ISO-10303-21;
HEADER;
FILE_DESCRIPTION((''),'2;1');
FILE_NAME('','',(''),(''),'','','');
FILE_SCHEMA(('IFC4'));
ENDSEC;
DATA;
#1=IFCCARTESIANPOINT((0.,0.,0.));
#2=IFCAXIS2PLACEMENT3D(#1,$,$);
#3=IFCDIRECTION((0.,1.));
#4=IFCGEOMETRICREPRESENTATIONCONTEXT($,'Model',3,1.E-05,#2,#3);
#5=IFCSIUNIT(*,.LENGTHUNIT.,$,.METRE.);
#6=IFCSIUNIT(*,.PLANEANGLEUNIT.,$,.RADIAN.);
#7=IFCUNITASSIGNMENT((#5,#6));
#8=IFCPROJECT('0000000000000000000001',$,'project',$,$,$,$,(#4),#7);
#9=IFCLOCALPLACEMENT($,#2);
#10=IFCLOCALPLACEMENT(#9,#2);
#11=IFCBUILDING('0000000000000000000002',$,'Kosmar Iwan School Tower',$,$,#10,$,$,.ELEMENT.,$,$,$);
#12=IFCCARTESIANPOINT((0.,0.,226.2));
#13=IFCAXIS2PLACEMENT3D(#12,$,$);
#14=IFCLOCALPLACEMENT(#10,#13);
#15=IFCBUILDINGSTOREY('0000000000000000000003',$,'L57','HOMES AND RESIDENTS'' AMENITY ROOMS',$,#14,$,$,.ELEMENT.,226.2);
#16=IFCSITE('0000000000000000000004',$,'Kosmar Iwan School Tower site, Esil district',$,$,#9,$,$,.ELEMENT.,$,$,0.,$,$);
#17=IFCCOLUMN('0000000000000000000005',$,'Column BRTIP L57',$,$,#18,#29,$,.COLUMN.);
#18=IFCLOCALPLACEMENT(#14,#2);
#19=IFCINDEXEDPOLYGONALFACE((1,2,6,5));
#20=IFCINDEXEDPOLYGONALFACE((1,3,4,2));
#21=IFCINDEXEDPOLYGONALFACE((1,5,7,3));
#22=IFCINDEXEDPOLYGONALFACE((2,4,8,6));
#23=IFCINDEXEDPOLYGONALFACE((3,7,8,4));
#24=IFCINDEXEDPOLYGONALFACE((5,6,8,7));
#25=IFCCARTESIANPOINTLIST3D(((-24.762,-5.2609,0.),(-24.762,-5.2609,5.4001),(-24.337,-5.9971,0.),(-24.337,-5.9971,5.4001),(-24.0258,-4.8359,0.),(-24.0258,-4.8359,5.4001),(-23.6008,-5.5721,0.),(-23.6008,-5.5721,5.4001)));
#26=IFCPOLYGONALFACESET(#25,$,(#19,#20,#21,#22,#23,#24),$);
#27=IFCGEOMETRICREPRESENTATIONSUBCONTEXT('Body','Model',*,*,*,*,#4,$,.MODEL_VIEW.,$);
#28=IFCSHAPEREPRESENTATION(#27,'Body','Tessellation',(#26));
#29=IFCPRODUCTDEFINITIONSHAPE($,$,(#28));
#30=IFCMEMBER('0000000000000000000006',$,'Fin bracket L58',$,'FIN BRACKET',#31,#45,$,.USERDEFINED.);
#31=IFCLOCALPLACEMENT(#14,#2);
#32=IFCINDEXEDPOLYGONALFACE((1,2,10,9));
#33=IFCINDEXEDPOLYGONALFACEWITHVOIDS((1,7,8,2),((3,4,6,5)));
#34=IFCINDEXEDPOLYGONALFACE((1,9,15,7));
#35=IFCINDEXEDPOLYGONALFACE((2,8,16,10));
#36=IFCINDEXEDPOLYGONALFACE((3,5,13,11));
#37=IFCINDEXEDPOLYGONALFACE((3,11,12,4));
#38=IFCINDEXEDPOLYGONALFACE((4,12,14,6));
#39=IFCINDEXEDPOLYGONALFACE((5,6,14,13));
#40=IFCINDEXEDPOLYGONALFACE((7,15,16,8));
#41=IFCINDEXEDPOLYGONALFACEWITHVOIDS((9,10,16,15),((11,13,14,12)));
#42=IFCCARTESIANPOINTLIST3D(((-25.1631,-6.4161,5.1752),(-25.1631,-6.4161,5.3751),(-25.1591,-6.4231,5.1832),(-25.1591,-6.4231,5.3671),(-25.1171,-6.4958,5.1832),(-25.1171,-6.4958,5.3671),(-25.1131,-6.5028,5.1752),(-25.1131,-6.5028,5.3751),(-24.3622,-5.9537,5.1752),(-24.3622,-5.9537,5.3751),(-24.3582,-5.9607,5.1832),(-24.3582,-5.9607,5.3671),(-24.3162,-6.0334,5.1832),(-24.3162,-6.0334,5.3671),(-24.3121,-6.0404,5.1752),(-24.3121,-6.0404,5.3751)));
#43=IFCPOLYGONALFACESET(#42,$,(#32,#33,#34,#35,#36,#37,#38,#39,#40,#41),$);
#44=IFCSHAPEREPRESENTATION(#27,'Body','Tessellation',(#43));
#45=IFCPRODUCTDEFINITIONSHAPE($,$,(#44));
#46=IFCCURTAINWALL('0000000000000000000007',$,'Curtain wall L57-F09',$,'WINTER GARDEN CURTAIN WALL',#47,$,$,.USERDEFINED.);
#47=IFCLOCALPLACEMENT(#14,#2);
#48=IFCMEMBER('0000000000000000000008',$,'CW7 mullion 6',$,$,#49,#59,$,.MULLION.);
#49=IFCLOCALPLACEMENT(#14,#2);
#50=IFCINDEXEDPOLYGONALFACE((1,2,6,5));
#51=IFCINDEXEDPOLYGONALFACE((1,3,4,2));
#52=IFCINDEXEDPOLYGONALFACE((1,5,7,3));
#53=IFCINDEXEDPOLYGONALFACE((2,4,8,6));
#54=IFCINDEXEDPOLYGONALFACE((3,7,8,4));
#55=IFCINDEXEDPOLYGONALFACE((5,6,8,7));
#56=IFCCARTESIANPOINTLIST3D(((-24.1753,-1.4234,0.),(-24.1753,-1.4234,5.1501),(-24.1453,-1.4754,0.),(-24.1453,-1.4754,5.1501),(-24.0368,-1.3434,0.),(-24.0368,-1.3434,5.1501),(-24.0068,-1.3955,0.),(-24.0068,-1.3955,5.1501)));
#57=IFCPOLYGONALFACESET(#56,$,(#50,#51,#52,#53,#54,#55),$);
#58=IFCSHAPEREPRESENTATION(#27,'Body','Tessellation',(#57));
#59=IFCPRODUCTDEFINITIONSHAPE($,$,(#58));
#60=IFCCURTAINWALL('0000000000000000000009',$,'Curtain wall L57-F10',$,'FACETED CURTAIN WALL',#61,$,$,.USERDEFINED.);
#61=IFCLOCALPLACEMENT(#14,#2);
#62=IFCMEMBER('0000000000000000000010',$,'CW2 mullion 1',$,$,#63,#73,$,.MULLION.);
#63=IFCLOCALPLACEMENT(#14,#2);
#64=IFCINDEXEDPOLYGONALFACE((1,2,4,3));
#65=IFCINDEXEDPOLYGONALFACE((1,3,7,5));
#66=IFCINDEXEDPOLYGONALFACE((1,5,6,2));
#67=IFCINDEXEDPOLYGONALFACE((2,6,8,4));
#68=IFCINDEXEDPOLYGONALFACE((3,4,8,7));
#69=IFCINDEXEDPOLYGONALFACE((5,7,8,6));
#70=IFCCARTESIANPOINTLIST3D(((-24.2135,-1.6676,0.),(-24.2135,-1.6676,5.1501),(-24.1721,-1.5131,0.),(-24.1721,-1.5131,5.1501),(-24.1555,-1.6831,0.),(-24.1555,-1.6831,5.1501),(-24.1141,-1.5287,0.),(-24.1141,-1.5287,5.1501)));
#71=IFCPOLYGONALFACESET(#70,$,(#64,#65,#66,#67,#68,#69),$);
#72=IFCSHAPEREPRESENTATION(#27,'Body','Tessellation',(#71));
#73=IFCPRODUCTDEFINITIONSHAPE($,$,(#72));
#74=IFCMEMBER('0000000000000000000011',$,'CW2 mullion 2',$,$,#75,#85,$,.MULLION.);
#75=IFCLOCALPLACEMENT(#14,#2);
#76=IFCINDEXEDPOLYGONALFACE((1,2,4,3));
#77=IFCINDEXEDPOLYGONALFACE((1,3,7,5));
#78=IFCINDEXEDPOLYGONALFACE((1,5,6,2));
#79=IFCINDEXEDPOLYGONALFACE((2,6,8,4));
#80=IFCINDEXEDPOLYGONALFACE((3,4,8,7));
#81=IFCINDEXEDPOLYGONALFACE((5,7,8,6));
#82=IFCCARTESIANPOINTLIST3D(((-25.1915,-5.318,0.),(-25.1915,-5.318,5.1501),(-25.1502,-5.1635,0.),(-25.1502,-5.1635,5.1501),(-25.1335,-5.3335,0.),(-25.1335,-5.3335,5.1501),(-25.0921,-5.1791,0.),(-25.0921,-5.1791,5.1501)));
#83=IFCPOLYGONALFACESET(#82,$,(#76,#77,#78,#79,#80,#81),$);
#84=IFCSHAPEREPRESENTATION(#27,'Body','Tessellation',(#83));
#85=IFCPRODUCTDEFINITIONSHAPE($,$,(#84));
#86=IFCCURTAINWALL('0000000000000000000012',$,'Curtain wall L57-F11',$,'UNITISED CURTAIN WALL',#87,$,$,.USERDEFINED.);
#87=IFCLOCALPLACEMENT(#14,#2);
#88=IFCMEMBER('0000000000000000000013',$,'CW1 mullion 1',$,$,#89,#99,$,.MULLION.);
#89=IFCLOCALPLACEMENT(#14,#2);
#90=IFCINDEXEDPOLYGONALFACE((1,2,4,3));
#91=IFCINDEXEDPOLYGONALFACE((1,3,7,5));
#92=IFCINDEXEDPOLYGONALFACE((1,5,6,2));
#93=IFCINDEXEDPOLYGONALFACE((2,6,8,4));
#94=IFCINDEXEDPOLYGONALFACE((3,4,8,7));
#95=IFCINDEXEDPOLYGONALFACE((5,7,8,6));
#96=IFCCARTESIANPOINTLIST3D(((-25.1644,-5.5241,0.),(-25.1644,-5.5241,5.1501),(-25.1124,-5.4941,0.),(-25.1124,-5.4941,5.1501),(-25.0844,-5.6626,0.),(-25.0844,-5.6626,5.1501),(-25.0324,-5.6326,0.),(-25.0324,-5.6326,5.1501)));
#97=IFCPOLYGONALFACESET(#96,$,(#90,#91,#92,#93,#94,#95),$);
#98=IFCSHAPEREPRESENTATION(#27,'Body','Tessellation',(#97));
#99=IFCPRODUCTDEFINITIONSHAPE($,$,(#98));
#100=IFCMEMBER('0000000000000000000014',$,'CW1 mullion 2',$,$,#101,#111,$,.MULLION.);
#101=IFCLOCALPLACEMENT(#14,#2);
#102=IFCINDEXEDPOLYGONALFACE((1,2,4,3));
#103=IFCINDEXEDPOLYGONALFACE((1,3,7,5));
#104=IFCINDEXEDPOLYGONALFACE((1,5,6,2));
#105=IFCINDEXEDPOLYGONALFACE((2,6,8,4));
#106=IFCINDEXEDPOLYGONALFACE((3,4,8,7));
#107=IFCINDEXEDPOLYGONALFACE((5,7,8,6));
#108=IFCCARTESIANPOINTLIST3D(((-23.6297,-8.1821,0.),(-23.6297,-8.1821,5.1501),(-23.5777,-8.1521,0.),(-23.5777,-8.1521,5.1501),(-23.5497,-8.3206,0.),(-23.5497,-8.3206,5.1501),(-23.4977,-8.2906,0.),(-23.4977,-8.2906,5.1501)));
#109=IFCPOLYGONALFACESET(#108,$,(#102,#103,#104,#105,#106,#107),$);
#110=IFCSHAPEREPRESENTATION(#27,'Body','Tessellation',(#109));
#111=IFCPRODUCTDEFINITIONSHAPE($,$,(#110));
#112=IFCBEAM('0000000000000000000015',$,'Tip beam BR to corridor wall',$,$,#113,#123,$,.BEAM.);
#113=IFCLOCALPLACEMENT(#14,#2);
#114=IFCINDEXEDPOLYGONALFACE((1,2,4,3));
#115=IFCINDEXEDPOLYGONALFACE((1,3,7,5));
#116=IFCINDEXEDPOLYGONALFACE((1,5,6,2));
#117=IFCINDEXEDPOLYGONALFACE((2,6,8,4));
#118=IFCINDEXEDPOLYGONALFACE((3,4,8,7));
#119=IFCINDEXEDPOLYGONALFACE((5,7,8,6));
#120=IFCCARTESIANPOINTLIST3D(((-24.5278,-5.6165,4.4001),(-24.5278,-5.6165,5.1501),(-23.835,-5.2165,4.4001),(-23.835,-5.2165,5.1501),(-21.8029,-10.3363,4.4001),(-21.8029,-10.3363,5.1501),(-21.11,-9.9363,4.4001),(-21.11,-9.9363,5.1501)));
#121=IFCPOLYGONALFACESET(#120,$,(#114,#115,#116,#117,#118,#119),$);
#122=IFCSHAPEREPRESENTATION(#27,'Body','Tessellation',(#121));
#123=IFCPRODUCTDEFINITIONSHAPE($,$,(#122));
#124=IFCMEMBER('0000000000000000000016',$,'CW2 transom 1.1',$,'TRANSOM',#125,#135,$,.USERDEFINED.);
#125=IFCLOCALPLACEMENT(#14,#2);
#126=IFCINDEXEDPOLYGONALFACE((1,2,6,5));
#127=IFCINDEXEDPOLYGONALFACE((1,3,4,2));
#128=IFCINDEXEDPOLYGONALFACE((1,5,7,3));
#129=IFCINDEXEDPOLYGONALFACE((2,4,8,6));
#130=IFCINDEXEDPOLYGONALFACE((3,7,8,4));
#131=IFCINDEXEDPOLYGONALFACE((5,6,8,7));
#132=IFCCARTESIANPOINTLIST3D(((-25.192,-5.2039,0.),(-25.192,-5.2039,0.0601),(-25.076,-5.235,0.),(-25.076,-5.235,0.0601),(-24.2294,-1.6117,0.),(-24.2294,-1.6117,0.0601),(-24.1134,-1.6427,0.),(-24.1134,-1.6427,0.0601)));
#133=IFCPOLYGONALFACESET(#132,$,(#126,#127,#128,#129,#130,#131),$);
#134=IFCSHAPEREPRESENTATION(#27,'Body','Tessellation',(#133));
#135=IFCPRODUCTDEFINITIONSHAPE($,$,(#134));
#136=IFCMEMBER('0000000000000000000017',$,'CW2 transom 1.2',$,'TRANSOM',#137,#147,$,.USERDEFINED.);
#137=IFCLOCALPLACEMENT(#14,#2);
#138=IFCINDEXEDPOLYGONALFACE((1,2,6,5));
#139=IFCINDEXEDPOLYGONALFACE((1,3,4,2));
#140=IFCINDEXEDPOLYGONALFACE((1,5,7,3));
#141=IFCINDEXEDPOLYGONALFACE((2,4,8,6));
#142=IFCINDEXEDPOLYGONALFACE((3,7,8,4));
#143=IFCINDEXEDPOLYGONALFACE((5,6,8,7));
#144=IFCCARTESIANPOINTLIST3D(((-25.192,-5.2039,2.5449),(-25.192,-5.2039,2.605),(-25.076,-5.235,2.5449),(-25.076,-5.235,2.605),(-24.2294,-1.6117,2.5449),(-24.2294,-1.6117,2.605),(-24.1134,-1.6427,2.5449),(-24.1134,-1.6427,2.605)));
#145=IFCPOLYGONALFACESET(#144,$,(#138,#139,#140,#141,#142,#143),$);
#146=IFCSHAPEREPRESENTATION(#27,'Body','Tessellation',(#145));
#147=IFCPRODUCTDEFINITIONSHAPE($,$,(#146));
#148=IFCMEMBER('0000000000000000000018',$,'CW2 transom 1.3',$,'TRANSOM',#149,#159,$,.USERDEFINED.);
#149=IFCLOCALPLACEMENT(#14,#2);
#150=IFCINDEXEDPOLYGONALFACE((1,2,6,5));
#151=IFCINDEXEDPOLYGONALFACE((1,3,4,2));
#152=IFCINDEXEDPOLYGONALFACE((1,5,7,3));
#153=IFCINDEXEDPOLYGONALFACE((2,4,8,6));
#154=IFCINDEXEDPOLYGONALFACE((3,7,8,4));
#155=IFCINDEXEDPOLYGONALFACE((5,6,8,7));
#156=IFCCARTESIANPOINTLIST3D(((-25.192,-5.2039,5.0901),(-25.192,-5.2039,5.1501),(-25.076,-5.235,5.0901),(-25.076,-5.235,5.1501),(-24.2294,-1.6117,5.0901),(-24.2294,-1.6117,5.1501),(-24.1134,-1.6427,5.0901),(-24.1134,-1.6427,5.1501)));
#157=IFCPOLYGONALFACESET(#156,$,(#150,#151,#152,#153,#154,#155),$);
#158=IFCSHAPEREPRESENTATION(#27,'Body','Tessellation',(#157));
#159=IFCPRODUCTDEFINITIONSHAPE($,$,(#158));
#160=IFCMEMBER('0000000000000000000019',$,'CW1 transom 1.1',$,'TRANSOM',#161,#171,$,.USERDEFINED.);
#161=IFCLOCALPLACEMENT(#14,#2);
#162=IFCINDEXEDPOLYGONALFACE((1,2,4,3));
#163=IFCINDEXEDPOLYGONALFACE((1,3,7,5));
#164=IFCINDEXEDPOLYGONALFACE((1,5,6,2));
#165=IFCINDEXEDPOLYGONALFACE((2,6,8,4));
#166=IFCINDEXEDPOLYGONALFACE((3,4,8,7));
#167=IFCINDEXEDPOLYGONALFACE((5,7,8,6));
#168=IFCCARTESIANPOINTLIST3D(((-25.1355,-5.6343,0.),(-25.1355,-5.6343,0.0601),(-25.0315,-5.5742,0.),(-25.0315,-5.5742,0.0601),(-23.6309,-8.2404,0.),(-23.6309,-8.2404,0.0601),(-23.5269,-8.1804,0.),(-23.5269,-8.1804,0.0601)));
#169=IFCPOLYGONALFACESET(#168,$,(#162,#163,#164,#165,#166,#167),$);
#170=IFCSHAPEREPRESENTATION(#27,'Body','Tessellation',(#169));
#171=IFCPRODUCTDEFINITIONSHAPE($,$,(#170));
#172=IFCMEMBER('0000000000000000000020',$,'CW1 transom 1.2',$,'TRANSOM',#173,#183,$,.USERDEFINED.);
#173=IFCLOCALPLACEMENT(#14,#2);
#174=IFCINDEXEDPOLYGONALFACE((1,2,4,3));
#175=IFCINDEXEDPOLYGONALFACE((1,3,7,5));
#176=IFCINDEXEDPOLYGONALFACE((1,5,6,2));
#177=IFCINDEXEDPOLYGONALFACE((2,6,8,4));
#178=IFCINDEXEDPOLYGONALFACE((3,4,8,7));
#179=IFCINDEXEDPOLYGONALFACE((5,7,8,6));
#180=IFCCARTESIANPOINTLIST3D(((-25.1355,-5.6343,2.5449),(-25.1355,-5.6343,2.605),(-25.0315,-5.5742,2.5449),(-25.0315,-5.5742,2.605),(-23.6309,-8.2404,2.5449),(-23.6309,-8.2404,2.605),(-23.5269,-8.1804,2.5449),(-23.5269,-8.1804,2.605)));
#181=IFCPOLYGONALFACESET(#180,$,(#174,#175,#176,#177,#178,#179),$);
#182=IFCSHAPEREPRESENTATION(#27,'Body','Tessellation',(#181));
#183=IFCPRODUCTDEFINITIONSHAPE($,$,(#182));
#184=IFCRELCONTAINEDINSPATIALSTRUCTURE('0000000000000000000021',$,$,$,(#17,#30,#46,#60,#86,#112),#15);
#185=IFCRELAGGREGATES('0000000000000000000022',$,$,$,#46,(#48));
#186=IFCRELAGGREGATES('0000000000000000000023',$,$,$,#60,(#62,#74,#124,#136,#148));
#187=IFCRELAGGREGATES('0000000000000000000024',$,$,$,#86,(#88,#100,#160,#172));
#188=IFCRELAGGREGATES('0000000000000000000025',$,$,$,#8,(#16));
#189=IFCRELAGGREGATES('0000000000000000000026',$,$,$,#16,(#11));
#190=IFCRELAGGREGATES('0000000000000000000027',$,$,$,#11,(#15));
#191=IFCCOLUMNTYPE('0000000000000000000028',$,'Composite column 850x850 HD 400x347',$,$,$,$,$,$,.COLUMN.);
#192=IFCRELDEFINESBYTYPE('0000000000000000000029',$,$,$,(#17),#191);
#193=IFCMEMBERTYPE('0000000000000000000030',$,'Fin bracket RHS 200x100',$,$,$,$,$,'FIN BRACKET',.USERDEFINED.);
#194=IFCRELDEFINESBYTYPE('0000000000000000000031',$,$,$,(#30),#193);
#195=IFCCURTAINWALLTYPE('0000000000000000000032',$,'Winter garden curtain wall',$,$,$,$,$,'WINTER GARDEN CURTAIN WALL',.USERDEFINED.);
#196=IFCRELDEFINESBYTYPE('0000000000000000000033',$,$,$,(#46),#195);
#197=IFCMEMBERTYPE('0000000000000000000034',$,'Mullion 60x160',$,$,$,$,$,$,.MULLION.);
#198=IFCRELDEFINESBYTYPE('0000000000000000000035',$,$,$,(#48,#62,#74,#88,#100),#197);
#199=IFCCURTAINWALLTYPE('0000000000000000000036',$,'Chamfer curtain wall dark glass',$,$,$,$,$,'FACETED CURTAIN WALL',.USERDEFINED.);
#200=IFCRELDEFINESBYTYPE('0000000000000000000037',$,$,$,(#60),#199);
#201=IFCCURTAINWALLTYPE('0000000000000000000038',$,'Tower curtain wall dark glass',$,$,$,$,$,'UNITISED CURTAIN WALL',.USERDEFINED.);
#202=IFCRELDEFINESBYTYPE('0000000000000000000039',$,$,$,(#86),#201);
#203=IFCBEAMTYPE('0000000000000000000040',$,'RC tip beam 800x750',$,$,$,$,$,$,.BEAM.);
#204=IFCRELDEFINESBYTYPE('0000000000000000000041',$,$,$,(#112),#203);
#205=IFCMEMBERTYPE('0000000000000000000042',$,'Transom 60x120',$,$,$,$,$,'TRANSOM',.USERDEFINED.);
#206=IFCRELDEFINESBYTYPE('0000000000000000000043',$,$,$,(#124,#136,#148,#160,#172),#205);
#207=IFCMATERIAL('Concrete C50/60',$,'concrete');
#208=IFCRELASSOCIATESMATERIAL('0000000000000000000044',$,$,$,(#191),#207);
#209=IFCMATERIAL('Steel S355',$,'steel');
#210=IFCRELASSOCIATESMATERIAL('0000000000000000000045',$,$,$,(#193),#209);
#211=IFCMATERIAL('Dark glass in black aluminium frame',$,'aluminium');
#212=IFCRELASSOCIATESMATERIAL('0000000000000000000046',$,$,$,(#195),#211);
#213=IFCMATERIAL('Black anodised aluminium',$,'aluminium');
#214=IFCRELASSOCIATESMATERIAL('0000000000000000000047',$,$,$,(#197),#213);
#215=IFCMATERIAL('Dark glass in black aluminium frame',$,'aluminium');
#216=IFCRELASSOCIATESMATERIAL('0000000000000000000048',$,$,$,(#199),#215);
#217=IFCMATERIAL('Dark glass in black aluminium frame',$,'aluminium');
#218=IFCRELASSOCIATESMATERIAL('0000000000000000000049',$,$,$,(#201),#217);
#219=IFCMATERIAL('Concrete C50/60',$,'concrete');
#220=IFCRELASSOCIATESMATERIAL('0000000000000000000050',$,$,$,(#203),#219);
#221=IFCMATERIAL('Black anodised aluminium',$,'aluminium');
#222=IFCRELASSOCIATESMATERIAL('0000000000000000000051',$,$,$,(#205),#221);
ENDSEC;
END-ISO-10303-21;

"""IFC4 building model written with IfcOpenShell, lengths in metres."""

from ifc_helpers import new_model, si_unit, direction, frame, origin, origin_2d, place, context, subcontext, project, spatial, rectangle, hollow_rectangle, extrude, material, material_profile, profile_set, type_object, element, aggregate, save


model = new_model("IFC4")

# Units and contexts
model_context = context("Model", 3, precision=1e-05, world=origin(), true_north=direction((0.0, 1.0)))
body_context = subcontext(model_context, "Body", "Model", "MODEL_VIEW")
ifc_project = project(units=[si_unit("LENGTHUNIT", "METRE"), si_unit("PLANEANGLEUNIT", "RADIAN")], contexts=[model_context])

# Site, building, storey
site_placement = place(None, origin())
site = spatial("IfcSite", under=ifc_project, at=site_placement, Name="Kosmar Iwan School Tower site, Esil district", CompositionType="ELEMENT", RefElevation=0.0)
building_placement = place(site_placement, origin())
building = spatial("IfcBuilding", under=site, at=building_placement, Name="Kosmar Iwan School Tower", CompositionType="ELEMENT")
storey_placement = place(building_placement, frame((0.0, 0.0, 226.2)))
storey = spatial("IfcBuildingStorey", under=building, at=storey_placement, Name="L57", Description="HOMES AND RESIDENTS' AMENITY ROOMS", CompositionType="ELEMENT", Elevation=226.2)

# Column
ifc_material_1 = material(Name="Concrete C50/60", Category="concrete")
ifc_material_profile_1 = material_profile(ifc_material_1, rectangle(XDim=0.8501, YDim=0.8501, at=origin_2d()), Name="RC 850x850 + HD 400x347")
ifc_profile_set_1 = profile_set([ifc_material_profile_1], Name="Concrete C50/60")
column_type = type_object("IfcColumnType", Name="Composite column 850x850 HD 400x347", PredefinedType="COLUMN", material=ifc_profile_set_1)
column_placement = place(storey_placement, frame((-24.1814, -5.4165, 0.0), z_axis=(0.0, 0.0, 1.0), x_axis=(-0.866025, -0.5, 0.0)))
element("IfcColumn", 1, at=column_placement, inside=storey, type_object=column_type, Name="Column BRTIP L57", PredefinedType="COLUMN", context=body_context, shape_type="SweptSolid", body=[
    extrude(rectangle(XDim=0.8501, YDim=0.8501, at=origin_2d()), origin(), (0.0, 0.0, 1.0), 5.4001),
])

# Member
ifc_material_2 = material(Name="Steel S355", Category="steel")
ifc_material_profile_2 = material_profile(ifc_material_2, hollow_rectangle(XDim=0.1001, YDim=0.2, WallThickness=0.0081, at=origin_2d()), Name="RHS 200x100x8")
ifc_profile_set_2 = profile_set([ifc_material_profile_2], Name="Steel S355")
member_type_1 = type_object("IfcMemberType", Name="Fin bracket RHS 200x100", ElementType="FIN BRACKET", PredefinedType="USERDEFINED", material=ifc_profile_set_2)
member_1_placement = place(storey_placement, frame((-24.3372, -5.9971, 5.2751), z_axis=(-0.866058, -0.499943, 0.0), x_axis=(0.499943, -0.866058, 0.0)))
element("IfcMember", 2, at=member_1_placement, inside=storey, type_object=member_type_1, Name="Fin bracket L58", ObjectType="FIN BRACKET", PredefinedType="USERDEFINED", context=body_context, shape_type="SweptSolid", body=[
    extrude(hollow_rectangle(XDim=0.1001, YDim=0.2, WallThickness=0.0081, at=origin_2d()), origin(), (0.0, 0.0, 1.0), 0.9248),
])

# Curtain wall, member
ifc_material_3 = material(Name="Dark glass in black aluminium frame", Category="aluminium")
curtain_wall_type_1 = type_object("IfcCurtainWallType", Name="Winter garden curtain wall", ElementType="WINTER GARDEN CURTAIN WALL", PredefinedType="USERDEFINED", material=ifc_material_3)
curtain_wall_1_placement = place(storey_placement, origin())
curtain_wall_1 = element("IfcCurtainWall", 3, at=curtain_wall_1_placement, inside=storey, type_object=curtain_wall_type_1, Name="Curtain wall L57-F09", ObjectType="WINTER GARDEN CURTAIN WALL", PredefinedType="USERDEFINED")
ifc_material_4 = material(Name="Black anodised aluminium", Category="aluminium")
ifc_material_profile_3 = material_profile(ifc_material_4, rectangle(XDim=0.0601, YDim=0.1599, at=origin_2d()), Name="MULLION 60x160")
ifc_profile_set_3 = profile_set([ifc_material_profile_3], Name="Black anodised aluminium")
member_type_2 = type_object("IfcMemberType", Name="Mullion 60x160", PredefinedType="MULLION", material=ifc_profile_set_3)
member_2_placement = place(storey_placement, frame((-24.0911, -1.4094, 0.0), z_axis=(0.0, 0.0, 1.0), x_axis=(0.5, -0.866025, 0.0)))
member_2 = element("IfcMember", 4, at=member_2_placement, type_object=member_type_2, Name="CW7 mullion 6", PredefinedType="MULLION", context=body_context, shape_type="SweptSolid", body=[
    extrude(rectangle(XDim=0.0601, YDim=0.1599, at=origin_2d()), origin(), (0.0, 0.0, 1.0), 5.1501),
])
aggregate(curtain_wall_1, [member_2])

# Curtain walls, members
ifc_material_5 = material(Name="Dark glass in black aluminium frame", Category="aluminium")
curtain_wall_type_2 = type_object("IfcCurtainWallType", Name="Chamfer curtain wall dark glass", ElementType="FACETED CURTAIN WALL", PredefinedType="USERDEFINED", material=ifc_material_5)
curtain_wall_2_placement = place(storey_placement, origin())
curtain_wall_2 = element("IfcCurtainWall", 5, at=curtain_wall_2_placement, inside=storey, type_object=curtain_wall_type_2, Name="Curtain wall L57-F10", ObjectType="FACETED CURTAIN WALL", PredefinedType="USERDEFINED")
member_3_placement = place(storey_placement, frame((-24.1638, -1.5981, 0.0), z_axis=(0.0, 0.0, 1.0), x_axis=(0.965926, -0.258819, 0.0)))
member_3 = element("IfcMember", 6, at=member_3_placement, type_object=member_type_2, Name="CW2 mullion 1", PredefinedType="MULLION", context=body_context, shape_type="SweptSolid", body=[
    extrude(rectangle(XDim=0.0601, YDim=0.1599, at=origin_2d()), origin(), (0.0, 0.0, 1.0), 5.1501),
])
member_4_placement = place(storey_placement, frame((-25.1418, -5.2485, 0.0), z_axis=(0.0, 0.0, 1.0), x_axis=(0.965926, -0.258819, 0.0)))
member_4 = element("IfcMember", 7, at=member_4_placement, type_object=member_type_2, Name="CW2 mullion 2", PredefinedType="MULLION", context=body_context, shape_type="SweptSolid", body=[
    extrude(rectangle(XDim=0.0601, YDim=0.1599, at=origin_2d()), origin(), (0.0, 0.0, 1.0), 5.1501),
])
ifc_material_6 = material(Name="Dark glass in black aluminium frame", Category="aluminium")
curtain_wall_type_3 = type_object("IfcCurtainWallType", Name="Tower curtain wall dark glass", ElementType="UNITISED CURTAIN WALL", PredefinedType="USERDEFINED", material=ifc_material_6)
curtain_wall_3_placement = place(storey_placement, origin())
curtain_wall_3 = element("IfcCurtainWall", 8, at=curtain_wall_3_placement, inside=storey, type_object=curtain_wall_type_3, Name="Curtain wall L57-F11", ObjectType="UNITISED CURTAIN WALL", PredefinedType="USERDEFINED")
member_5_placement = place(storey_placement, frame((-25.0984, -5.5784, 0.0), z_axis=(0.0, 0.0, 1.0), x_axis=(0.866025, 0.5, 0.0)))
member_5 = element("IfcMember", 9, at=member_5_placement, type_object=member_type_2, Name="CW1 mullion 1", PredefinedType="MULLION", context=body_context, shape_type="SweptSolid", body=[
    extrude(rectangle(XDim=0.0601, YDim=0.1599, at=origin_2d()), origin(), (0.0, 0.0, 1.0), 5.1501),
])
member_6_placement = place(storey_placement, frame((-23.5637, -8.2363, 0.0), z_axis=(0.0, 0.0, 1.0), x_axis=(0.866025, 0.5, 0.0)))
member_6 = element("IfcMember", 10, at=member_6_placement, type_object=member_type_2, Name="CW1 mullion 2", PredefinedType="MULLION", context=body_context, shape_type="SweptSolid", body=[
    extrude(rectangle(XDim=0.0601, YDim=0.1599, at=origin_2d()), origin(), (0.0, 0.0, 1.0), 5.1501),
])

# Beam
ifc_material_7 = material(Name="Concrete C50/60", Category="concrete")
ifc_material_profile_4 = material_profile(ifc_material_7, rectangle(XDim=0.8, YDim=0.75, at=origin_2d()), Name="RC 800x750")
ifc_profile_set_4 = profile_set([ifc_material_profile_4], Name="Concrete C50/60")
beam_type = type_object("IfcBeamType", Name="RC tip beam 800x750", PredefinedType="BEAM", material=ifc_profile_set_4)
beam_placement = place(storey_placement, frame((-24.1814, -5.4165, 4.7751), z_axis=(0.499989, -0.866032, 0.0), x_axis=(0.866032, 0.499989, 0.0)))
element("IfcBeam", 11, at=beam_placement, inside=storey, type_object=beam_type, Name="Tip beam BR to corridor wall", PredefinedType="BEAM", context=body_context, shape_type="SweptSolid", body=[
    extrude(rectangle(XDim=0.8, YDim=0.75, at=origin_2d()), origin(), (0.0, 0.0, 1.0), 5.45),
])

# Members
ifc_material_8 = material(Name="Black anodised aluminium", Category="aluminium")
ifc_material_profile_5 = material_profile(ifc_material_8, rectangle(XDim=0.1201, YDim=0.0601, at=origin_2d()), Name="TRANSOM 60x120")
ifc_profile_set_5 = profile_set([ifc_material_profile_5], Name="Black anodised aluminium")
member_type_3 = type_object("IfcMemberType", Name="Transom 60x120", ElementType="TRANSOM", PredefinedType="USERDEFINED", material=ifc_profile_set_5)
member_7_placement = place(storey_placement, frame((-24.1714, -1.6272, 0.03), z_axis=(-0.258843, -0.965919, 0.0), x_axis=(0.965919, -0.258843, 0.0)))
member_7 = element("IfcMember", 12, at=member_7_placement, type_object=member_type_3, Name="CW2 transom 1.1", ObjectType="TRANSOM", PredefinedType="USERDEFINED", context=body_context, shape_type="SweptSolid", body=[
    extrude(rectangle(XDim=0.1201, YDim=0.0601, at=origin_2d()), origin(), (0.0, 0.0, 1.0), 3.719),
])
member_8_placement = place(storey_placement, frame((-24.1714, -1.6272, 2.575), z_axis=(-0.258843, -0.965919, 0.0), x_axis=(0.965919, -0.258843, 0.0)))
member_8 = element("IfcMember", 13, at=member_8_placement, type_object=member_type_3, Name="CW2 transom 1.2", ObjectType="TRANSOM", PredefinedType="USERDEFINED", context=body_context, shape_type="SweptSolid", body=[
    extrude(rectangle(XDim=0.1201, YDim=0.0601, at=origin_2d()), origin(), (0.0, 0.0, 1.0), 3.719),
])
member_9_placement = place(storey_placement, frame((-24.1714, -1.6272, 5.1201), z_axis=(-0.258843, -0.965919, 0.0), x_axis=(0.965919, -0.258843, 0.0)))
member_9 = element("IfcMember", 14, at=member_9_placement, type_object=member_type_3, Name="CW2 transom 1.3", ObjectType="TRANSOM", PredefinedType="USERDEFINED", context=body_context, shape_type="SweptSolid", body=[
    extrude(rectangle(XDim=0.1201, YDim=0.0601, at=origin_2d()), origin(), (0.0, 0.0, 1.0), 3.719),
])
member_10_placement = place(storey_placement, frame((-25.0835, -5.6042, 0.03), z_axis=(0.499987, -0.866033, 0.0), x_axis=(0.866033, 0.499987, 0.0)))
member_10 = element("IfcMember", 15, at=member_10_placement, type_object=member_type_3, Name="CW1 transom 1.1", ObjectType="TRANSOM", PredefinedType="USERDEFINED", context=body_context, shape_type="SweptSolid", body=[
    extrude(rectangle(XDim=0.1201, YDim=0.0601, at=origin_2d()), origin(), (0.0, 0.0, 1.0), 3.0093),
])
member_11_placement = place(storey_placement, frame((-25.0835, -5.6042, 2.575), z_axis=(0.499987, -0.866033, 0.0), x_axis=(0.866033, 0.499987, 0.0)))
member_11 = element("IfcMember", 16, at=member_11_placement, type_object=member_type_3, Name="CW1 transom 1.2", ObjectType="TRANSOM", PredefinedType="USERDEFINED", context=body_context, shape_type="SweptSolid", body=[
    extrude(rectangle(XDim=0.1201, YDim=0.0601, at=origin_2d()), origin(), (0.0, 0.0, 1.0), 3.0093),
])

aggregate(curtain_wall_2, [member_3, member_4, member_7, member_8, member_9])
aggregate(curtain_wall_3, [member_5, member_6, member_10, member_11])

save(model, "model.ifc")
